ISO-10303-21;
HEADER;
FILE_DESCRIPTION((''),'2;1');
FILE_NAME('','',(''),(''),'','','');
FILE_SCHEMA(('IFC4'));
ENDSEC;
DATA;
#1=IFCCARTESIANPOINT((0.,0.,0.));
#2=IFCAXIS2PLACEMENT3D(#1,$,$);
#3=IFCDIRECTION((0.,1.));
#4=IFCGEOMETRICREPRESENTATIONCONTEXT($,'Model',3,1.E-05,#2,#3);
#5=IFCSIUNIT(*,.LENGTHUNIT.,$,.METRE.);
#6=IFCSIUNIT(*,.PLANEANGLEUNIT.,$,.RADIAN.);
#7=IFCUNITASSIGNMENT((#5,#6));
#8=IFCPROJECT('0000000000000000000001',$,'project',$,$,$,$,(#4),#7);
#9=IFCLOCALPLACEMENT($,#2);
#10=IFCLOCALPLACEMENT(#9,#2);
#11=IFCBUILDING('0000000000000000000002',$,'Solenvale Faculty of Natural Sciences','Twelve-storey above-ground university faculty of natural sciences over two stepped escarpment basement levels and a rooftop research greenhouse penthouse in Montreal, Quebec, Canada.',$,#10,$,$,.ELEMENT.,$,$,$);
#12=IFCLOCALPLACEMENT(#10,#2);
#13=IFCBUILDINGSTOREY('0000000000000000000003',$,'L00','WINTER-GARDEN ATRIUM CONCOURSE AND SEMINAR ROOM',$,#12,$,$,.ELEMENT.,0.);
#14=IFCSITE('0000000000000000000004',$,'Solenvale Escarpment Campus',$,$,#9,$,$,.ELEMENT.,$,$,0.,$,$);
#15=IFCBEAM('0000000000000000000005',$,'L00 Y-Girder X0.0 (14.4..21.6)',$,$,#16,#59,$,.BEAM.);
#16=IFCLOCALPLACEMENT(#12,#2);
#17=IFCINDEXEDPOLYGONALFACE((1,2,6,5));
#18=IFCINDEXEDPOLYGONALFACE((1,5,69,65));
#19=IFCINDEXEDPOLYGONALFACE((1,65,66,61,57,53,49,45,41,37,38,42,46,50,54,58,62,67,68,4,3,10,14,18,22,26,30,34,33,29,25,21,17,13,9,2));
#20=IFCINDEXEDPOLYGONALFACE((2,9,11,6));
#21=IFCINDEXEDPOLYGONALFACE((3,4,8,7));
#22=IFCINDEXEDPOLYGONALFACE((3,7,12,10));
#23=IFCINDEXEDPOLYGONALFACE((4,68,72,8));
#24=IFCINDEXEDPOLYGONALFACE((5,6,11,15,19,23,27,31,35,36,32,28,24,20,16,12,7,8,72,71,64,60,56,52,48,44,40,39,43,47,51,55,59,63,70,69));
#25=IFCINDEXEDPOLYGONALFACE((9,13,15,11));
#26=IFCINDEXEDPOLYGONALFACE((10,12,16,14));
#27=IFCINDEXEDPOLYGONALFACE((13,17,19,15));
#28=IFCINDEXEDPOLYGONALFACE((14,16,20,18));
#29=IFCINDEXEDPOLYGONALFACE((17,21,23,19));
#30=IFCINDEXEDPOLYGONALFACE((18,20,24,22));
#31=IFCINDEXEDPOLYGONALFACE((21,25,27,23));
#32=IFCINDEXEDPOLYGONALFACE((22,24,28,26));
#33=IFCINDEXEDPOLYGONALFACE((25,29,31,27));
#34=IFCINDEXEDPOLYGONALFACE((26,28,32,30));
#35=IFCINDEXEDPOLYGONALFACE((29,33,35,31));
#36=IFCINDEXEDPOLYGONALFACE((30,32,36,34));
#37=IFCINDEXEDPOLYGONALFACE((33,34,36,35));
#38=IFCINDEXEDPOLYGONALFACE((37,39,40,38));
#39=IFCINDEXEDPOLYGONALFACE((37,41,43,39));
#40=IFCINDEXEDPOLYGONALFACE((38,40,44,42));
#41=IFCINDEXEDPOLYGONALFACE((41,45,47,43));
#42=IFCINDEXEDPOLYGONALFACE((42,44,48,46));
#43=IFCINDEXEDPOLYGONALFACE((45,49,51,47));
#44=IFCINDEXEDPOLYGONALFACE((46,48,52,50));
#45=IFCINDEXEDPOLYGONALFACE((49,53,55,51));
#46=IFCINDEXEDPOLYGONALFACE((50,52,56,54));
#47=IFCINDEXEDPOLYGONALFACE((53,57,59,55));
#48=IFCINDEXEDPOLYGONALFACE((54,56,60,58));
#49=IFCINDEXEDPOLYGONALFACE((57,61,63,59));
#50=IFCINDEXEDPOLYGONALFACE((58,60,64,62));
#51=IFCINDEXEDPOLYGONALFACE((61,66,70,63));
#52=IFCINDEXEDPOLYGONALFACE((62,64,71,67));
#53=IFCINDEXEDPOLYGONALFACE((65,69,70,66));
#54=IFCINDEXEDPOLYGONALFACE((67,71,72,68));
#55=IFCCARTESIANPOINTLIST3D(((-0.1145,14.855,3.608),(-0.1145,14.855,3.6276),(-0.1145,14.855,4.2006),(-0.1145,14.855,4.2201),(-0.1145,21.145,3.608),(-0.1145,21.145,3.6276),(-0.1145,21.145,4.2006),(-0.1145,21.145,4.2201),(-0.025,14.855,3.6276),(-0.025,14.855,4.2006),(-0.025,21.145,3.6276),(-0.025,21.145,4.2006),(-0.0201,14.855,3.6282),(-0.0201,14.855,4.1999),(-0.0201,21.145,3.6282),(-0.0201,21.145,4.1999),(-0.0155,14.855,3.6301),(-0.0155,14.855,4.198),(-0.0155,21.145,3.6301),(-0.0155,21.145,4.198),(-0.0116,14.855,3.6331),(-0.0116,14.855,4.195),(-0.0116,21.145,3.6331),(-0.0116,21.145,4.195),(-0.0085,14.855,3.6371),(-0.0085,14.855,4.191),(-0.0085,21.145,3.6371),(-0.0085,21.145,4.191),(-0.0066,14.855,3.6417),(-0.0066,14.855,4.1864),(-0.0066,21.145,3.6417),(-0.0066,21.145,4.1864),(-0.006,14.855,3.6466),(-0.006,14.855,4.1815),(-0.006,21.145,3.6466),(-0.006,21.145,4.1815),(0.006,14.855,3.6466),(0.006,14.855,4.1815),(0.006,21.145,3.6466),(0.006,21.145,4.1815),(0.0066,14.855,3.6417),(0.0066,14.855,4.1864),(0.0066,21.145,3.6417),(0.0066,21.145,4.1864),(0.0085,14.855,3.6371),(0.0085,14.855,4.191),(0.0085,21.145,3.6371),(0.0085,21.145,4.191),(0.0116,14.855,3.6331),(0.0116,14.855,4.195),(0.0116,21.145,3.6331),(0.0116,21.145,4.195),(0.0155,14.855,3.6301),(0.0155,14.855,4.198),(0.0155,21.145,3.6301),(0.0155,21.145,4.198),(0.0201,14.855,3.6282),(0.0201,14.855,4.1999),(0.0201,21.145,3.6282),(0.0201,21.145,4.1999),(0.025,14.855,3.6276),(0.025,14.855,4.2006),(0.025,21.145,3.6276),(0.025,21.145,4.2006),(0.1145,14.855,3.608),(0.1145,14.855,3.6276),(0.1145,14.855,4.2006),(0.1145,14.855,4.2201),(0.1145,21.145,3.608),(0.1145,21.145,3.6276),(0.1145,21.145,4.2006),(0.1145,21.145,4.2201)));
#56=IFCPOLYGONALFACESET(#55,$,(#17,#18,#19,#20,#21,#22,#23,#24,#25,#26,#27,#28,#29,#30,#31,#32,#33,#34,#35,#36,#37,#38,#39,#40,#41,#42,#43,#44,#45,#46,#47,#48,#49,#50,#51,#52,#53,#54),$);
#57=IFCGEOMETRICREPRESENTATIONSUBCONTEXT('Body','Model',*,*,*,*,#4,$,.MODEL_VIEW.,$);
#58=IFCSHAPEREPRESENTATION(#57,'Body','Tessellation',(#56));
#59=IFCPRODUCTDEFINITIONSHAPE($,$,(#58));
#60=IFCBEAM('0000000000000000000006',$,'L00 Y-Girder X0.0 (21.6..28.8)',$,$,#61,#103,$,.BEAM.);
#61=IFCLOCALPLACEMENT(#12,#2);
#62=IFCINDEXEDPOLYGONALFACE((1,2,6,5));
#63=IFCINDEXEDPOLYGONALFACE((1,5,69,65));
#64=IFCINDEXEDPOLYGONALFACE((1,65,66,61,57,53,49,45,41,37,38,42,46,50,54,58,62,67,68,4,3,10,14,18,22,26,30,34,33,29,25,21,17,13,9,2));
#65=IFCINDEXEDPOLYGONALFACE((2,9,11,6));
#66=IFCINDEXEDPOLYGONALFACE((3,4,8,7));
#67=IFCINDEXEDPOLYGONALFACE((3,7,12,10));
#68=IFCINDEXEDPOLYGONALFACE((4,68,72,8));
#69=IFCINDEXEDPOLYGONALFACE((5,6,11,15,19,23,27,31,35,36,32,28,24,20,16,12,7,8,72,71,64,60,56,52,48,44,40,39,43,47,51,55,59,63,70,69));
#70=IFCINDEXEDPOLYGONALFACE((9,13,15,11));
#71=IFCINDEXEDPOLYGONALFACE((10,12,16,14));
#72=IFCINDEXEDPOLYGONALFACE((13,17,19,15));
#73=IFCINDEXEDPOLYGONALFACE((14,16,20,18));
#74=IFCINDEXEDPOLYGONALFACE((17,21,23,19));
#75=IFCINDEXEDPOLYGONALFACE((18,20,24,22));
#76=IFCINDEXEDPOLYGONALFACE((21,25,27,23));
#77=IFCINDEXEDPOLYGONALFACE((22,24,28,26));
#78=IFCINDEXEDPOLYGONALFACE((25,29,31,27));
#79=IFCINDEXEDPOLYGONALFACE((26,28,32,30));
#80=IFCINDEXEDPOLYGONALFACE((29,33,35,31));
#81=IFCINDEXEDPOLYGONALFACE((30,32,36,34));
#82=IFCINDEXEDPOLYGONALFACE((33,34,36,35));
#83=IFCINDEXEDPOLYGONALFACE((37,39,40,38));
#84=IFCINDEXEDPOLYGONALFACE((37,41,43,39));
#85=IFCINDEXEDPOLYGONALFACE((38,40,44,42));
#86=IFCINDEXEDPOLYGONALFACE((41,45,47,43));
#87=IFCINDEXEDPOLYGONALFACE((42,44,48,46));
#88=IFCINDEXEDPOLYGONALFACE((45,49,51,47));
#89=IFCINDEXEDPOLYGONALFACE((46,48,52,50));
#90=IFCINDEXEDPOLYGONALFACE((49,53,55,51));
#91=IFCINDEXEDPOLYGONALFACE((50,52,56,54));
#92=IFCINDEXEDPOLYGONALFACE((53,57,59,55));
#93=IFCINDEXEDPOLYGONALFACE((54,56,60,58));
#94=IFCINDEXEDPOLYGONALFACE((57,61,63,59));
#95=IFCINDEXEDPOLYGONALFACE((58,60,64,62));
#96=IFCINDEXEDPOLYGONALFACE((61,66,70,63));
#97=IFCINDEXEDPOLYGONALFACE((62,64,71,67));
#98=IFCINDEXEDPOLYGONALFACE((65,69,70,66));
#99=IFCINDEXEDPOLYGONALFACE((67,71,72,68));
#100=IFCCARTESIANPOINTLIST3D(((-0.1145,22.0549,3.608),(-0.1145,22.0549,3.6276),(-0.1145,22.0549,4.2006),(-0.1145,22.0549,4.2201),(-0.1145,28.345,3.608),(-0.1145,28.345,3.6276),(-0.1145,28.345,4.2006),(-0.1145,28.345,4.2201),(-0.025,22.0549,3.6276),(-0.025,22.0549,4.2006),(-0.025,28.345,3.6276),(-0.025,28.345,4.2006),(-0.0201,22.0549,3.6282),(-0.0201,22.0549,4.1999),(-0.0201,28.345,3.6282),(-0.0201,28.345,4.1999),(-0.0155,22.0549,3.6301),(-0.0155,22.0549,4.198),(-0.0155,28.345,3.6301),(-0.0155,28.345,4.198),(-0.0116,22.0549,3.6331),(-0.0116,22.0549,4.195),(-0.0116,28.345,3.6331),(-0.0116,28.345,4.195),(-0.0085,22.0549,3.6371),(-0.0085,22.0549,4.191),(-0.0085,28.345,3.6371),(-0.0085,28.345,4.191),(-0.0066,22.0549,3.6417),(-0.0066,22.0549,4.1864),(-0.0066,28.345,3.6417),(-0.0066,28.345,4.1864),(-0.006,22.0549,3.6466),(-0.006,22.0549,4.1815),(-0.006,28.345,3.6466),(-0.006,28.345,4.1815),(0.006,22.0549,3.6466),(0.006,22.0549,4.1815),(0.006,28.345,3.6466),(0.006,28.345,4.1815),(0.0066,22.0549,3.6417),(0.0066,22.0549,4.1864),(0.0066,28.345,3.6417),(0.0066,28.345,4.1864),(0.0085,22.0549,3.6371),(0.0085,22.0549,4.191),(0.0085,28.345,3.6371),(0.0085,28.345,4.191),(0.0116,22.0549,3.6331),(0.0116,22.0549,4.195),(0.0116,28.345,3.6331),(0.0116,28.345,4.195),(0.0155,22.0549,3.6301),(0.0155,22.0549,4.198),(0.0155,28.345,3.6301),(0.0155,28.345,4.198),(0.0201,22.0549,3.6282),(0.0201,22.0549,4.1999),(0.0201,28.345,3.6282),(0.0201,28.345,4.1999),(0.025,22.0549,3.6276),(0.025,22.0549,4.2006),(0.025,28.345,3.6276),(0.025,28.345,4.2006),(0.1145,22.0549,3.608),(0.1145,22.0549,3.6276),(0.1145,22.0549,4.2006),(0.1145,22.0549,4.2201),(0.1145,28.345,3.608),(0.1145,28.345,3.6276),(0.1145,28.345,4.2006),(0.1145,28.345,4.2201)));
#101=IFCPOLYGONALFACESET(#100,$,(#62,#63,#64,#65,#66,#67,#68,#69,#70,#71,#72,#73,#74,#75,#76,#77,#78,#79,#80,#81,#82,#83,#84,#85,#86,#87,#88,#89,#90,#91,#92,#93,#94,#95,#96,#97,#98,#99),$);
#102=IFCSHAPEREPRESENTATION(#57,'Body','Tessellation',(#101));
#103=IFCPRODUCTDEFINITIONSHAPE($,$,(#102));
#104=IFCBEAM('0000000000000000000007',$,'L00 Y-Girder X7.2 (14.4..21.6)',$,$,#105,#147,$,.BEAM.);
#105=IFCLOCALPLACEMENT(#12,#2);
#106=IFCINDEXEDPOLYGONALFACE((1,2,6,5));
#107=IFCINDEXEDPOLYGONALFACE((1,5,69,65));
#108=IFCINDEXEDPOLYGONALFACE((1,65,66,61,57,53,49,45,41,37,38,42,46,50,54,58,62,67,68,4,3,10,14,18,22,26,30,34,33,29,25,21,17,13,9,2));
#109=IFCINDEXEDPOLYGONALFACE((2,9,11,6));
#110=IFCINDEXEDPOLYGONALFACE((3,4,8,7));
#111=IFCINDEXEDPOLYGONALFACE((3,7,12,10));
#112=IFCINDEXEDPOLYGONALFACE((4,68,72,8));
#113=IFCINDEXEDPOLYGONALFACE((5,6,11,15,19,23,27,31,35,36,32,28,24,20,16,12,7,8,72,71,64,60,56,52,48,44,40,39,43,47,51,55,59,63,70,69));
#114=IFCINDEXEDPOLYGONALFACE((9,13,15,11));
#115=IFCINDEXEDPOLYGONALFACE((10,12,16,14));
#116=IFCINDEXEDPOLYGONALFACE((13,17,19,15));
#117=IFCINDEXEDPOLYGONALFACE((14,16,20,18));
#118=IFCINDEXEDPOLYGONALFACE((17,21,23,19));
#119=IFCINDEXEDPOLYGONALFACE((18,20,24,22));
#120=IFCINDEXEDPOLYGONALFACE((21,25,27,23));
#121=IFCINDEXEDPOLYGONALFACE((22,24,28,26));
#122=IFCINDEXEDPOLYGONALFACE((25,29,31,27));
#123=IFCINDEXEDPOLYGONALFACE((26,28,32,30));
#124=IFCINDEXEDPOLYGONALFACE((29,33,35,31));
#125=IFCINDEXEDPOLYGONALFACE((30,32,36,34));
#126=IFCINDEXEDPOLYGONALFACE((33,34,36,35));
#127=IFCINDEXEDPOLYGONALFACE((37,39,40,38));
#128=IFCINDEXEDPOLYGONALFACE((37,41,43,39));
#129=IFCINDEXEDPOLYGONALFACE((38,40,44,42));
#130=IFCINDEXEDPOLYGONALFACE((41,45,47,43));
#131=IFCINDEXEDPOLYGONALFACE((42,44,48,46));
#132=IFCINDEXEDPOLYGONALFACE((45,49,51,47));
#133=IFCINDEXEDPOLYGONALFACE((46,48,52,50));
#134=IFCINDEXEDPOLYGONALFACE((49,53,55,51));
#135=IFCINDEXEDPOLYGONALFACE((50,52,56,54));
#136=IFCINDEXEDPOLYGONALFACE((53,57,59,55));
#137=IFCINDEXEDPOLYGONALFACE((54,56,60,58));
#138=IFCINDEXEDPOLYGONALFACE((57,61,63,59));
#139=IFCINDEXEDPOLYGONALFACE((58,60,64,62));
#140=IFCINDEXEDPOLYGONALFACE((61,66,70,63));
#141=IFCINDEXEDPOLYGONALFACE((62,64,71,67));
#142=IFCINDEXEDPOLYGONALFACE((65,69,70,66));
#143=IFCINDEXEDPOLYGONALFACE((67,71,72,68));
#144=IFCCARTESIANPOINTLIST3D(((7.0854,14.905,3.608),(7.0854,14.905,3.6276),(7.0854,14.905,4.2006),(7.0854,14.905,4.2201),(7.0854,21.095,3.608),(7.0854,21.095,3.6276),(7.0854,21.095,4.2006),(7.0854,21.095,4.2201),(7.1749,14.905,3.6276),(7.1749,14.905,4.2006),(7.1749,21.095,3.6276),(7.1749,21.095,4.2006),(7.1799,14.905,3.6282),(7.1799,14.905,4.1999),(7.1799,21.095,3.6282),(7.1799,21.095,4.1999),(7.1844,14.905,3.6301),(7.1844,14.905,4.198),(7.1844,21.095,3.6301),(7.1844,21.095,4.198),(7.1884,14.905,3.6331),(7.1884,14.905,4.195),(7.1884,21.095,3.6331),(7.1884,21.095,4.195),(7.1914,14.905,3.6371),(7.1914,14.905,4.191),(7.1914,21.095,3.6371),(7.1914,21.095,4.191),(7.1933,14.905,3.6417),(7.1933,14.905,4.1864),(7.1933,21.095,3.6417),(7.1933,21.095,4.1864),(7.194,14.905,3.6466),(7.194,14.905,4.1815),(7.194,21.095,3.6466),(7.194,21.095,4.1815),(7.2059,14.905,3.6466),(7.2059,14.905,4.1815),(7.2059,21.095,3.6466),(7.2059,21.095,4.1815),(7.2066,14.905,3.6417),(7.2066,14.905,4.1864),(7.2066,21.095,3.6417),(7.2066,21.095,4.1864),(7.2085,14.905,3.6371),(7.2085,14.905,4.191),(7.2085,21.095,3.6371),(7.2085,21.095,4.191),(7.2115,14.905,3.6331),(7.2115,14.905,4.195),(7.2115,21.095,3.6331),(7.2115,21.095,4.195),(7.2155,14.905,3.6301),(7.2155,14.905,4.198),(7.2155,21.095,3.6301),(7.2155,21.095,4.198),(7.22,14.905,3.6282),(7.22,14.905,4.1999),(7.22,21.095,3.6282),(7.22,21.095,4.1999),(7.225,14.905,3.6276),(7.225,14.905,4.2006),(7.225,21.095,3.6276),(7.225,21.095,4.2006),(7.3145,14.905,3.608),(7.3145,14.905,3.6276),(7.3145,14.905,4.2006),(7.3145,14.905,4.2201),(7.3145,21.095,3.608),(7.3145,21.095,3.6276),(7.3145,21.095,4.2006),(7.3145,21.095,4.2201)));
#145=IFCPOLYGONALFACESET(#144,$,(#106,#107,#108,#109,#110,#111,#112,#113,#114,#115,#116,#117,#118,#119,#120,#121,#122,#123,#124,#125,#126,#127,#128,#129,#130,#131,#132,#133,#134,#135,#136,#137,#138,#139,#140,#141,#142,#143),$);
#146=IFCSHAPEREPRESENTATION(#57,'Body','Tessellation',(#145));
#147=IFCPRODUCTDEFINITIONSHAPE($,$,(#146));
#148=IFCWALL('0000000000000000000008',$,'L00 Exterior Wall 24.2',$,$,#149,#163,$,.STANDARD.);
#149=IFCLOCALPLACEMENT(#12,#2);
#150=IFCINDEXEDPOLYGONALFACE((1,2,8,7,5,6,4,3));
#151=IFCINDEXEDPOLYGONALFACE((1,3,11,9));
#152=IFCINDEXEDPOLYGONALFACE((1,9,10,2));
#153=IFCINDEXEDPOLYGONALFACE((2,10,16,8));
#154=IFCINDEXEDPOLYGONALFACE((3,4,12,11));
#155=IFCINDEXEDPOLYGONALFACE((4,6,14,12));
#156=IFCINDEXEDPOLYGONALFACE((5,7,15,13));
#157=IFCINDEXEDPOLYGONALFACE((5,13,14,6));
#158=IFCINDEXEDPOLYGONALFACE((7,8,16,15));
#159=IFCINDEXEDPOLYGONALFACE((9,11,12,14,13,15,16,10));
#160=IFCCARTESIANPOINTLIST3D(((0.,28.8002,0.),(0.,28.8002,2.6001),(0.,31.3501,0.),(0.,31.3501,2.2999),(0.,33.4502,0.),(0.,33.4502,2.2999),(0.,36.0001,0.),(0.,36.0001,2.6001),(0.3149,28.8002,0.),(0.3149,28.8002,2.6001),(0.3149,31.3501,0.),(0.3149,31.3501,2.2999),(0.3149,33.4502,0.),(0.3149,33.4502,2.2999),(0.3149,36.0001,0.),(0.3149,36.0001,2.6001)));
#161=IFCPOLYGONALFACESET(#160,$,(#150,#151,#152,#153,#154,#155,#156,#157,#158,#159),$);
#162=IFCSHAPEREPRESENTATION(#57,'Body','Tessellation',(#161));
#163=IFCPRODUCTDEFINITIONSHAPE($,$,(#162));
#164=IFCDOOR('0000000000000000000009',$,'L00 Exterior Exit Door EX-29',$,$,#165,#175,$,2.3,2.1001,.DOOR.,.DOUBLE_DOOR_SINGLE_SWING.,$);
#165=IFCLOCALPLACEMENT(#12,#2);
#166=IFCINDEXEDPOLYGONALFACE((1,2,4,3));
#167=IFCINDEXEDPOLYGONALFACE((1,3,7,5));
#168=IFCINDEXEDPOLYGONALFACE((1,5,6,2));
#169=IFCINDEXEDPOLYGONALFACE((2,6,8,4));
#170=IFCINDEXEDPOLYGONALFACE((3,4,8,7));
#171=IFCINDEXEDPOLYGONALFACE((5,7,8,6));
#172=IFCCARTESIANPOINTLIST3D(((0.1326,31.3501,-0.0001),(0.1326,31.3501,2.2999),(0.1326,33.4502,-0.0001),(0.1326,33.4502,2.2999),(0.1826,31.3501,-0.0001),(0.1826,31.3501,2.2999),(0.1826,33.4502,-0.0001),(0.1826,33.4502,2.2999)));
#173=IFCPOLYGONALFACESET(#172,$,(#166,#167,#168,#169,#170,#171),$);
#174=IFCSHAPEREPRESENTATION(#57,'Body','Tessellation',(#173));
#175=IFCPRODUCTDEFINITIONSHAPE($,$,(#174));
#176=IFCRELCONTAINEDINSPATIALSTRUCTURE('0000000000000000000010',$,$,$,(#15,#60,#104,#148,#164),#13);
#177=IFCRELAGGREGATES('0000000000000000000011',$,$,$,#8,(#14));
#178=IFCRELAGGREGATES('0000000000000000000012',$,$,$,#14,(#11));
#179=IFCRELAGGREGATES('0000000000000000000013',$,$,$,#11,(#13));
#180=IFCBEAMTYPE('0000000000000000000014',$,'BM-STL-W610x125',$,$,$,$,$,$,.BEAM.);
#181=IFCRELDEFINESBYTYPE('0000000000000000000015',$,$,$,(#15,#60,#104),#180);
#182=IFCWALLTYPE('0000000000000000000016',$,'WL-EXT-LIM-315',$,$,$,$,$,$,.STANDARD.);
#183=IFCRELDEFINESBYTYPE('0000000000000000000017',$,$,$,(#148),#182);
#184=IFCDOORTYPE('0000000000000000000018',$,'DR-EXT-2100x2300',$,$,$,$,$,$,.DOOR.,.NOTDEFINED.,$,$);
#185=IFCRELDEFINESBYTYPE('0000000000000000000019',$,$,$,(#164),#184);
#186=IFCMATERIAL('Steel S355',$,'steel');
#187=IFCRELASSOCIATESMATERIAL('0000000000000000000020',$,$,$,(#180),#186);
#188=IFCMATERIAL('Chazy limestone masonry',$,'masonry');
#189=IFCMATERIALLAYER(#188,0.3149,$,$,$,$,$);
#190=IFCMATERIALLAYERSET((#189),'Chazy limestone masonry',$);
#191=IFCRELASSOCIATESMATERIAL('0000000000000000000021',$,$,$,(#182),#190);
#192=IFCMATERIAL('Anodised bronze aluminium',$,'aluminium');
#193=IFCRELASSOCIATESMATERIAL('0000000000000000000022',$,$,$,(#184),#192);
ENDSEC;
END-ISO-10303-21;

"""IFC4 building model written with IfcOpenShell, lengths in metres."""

from ifc_helpers import new_model, si_unit, direction, frame, frame_2d, origin, origin_2d, place, context, subcontext, project, spatial, rectangle, i_section, extrude, material, layer, layer_set, material_profile, profile_set, type_object, element, fill, save


model = new_model("IFC4")

# Units and contexts
model_context = context("Model", 3, precision=1e-05, world=origin(), true_north=direction((0.0, 1.0)))
body_context = subcontext(model_context, "Body", "Model", "MODEL_VIEW")
ifc_project = project(units=[si_unit("LENGTHUNIT", "METRE"), si_unit("PLANEANGLEUNIT", "RADIAN")], contexts=[model_context])

# Site, building, storey
site_placement = place(None, origin())
site = spatial("IfcSite", under=ifc_project, at=site_placement, Name="Solenvale Escarpment Campus", CompositionType="ELEMENT", RefElevation=0.0)
building_placement = place(site_placement, origin())
building = spatial("IfcBuilding", under=site, at=building_placement, Name="Solenvale Faculty of Natural Sciences", Description="Twelve-storey above-ground university faculty of natural sciences over two stepped escarpment basement levels and a rooftop research greenhouse penthouse in Montreal, Quebec, Canada.", CompositionType="ELEMENT")
storey_placement = place(building_placement, origin())
storey = spatial("IfcBuildingStorey", under=building, at=storey_placement, Name="L00", Description="WINTER-GARDEN ATRIUM CONCOURSE AND SEMINAR ROOM", CompositionType="ELEMENT", Elevation=0.0)

# Beams
ifc_material_1 = material(Name="Steel S355", Category="steel")
ifc_material_profile_1 = material_profile(ifc_material_1, i_section(OverallWidth=0.229, OverallDepth=0.6121, WebThickness=0.012, FlangeThickness=0.0195, FilletRadius=0.019, at=origin_2d()), Name="W610x125")
ifc_profile_set_1 = profile_set([ifc_material_profile_1], Name="Steel S355")
beam_type_1 = type_object("IfcBeamType", Name="BM-STL-W610x125", PredefinedType="BEAM", material=ifc_profile_set_1)
for number, where, z_axis, x_axis, name in (
    (1, (0.0, 14.855, 3.9141), (0.0, 1.0, 0.0), (-1.0, 0.0, 0.0), "L00 Y-Girder X0.0 (14.4..21.6)"),
    (2, (0.0, 22.0549, 3.9141), (0.0, 1.0, 0.0), (-1.0, 0.0, 0.0), "L00 Y-Girder X0.0 (21.6..28.8)"),
):
    element("IfcBeam", number, at=place(storey_placement, frame(where, z_axis=z_axis, x_axis=x_axis)), inside=storey, type_object=beam_type_1, Name=name, PredefinedType="BEAM", context=body_context, shape_type="SweptSolid", body=[
        extrude(i_section(OverallWidth=0.229, OverallDepth=0.6121, WebThickness=0.012, FlangeThickness=0.0195, FilletRadius=0.019, at=origin_2d()), origin(), (0.0, 0.0, 1.0), 6.29),
    ])
beam_placement = place(storey_placement, frame((7.2, 14.905, 3.9141), z_axis=(0.0, 1.0, 0.0), x_axis=(-1.0, 0.0, 0.0)))
element("IfcBeam", 3, at=beam_placement, inside=storey, type_object=beam_type_1, Name="L00 Y-Girder X7.2 (14.4..21.6)", PredefinedType="BEAM", context=body_context, shape_type="SweptSolid", body=[
    extrude(i_section(OverallWidth=0.229, OverallDepth=0.6121, WebThickness=0.012, FlangeThickness=0.0195, FilletRadius=0.019, at=origin_2d()), origin(), (0.0, 0.0, 1.0), 6.1899),
])

# Wall, opening, door
ifc_material_2 = material(Name="Chazy limestone masonry", Category="masonry")
ifc_layer_1 = layer(ifc_material_2, 0.3149)
ifc_layer_set_1 = layer_set([ifc_layer_1], Name="Chazy limestone masonry")
wall_type_1 = type_object("IfcWallType", Name="WL-EXT-LIM-315", PredefinedType="STANDARD", material=ifc_layer_set_1)
wall_1_placement = place(storey_placement, frame((0.1575, 28.8, 0.0), z_axis=(0.0, 0.0, 1.0), x_axis=(0.0, 1.0, 0.0)))
wall_1 = element("IfcWall", 4, at=wall_1_placement, inside=storey, type_object=wall_type_1, Name="L00 Exterior Wall 24.2", PredefinedType="STANDARD", context=body_context, shape_type="SweptSolid", body=[
    extrude(rectangle(XDim=7.2, YDim=0.3149, at=frame_2d((3.6001, 0.0))), origin(), (0.0, 0.0, 1.0), 2.6001),
])
opening_1_placement = place(wall_1_placement, frame((2.55, 0.0, 0.0)))
opening_1 = element("IfcOpeningElement", 5, at=opening_1_placement, cuts=wall_1, PredefinedType="OPENING", context=body_context, shape_type="SweptSolid", body=[
    extrude(rectangle(XDim=2.1001, YDim=2.3, at=frame_2d((1.05, 1.1499))), frame((0.0, 0.1675, 0.0), z_axis=(0.0, -1.0, 0.0), x_axis=(1.0, 0.0, 0.0)), (0.0, 0.0, 1.0), 0.335),
])
ifc_material_3 = material(Name="Anodised bronze aluminium", Category="aluminium")
door_type = type_object("IfcDoorType", Name="DR-EXT-2100x2300", OperationType="NOTDEFINED", PredefinedType="DOOR", material=ifc_material_3)
door_1_placement = place(opening_1_placement, origin())
door_1 = element("IfcDoor", 6, at=door_1_placement, inside=storey, type_object=door_type, Name="L00 Exterior Exit Door EX-29", OperationType="DOUBLE_DOOR_SINGLE_SWING", OverallHeight=2.3, OverallWidth=2.1001, PredefinedType="DOOR", context=body_context, shape_type="SweptSolid", body=[
    extrude(rectangle(XDim=2.1001, YDim=2.3, at=frame_2d((1.05, 1.1499))), frame((0.0, 0.0249, 0.0), z_axis=(0.0, -1.0, 0.0), x_axis=(1.0, 0.0, 0.0)), (0.0, 0.0, 1.0), 0.05),
])
fill(opening_1, door_1)

save(model, "model.ifc")
